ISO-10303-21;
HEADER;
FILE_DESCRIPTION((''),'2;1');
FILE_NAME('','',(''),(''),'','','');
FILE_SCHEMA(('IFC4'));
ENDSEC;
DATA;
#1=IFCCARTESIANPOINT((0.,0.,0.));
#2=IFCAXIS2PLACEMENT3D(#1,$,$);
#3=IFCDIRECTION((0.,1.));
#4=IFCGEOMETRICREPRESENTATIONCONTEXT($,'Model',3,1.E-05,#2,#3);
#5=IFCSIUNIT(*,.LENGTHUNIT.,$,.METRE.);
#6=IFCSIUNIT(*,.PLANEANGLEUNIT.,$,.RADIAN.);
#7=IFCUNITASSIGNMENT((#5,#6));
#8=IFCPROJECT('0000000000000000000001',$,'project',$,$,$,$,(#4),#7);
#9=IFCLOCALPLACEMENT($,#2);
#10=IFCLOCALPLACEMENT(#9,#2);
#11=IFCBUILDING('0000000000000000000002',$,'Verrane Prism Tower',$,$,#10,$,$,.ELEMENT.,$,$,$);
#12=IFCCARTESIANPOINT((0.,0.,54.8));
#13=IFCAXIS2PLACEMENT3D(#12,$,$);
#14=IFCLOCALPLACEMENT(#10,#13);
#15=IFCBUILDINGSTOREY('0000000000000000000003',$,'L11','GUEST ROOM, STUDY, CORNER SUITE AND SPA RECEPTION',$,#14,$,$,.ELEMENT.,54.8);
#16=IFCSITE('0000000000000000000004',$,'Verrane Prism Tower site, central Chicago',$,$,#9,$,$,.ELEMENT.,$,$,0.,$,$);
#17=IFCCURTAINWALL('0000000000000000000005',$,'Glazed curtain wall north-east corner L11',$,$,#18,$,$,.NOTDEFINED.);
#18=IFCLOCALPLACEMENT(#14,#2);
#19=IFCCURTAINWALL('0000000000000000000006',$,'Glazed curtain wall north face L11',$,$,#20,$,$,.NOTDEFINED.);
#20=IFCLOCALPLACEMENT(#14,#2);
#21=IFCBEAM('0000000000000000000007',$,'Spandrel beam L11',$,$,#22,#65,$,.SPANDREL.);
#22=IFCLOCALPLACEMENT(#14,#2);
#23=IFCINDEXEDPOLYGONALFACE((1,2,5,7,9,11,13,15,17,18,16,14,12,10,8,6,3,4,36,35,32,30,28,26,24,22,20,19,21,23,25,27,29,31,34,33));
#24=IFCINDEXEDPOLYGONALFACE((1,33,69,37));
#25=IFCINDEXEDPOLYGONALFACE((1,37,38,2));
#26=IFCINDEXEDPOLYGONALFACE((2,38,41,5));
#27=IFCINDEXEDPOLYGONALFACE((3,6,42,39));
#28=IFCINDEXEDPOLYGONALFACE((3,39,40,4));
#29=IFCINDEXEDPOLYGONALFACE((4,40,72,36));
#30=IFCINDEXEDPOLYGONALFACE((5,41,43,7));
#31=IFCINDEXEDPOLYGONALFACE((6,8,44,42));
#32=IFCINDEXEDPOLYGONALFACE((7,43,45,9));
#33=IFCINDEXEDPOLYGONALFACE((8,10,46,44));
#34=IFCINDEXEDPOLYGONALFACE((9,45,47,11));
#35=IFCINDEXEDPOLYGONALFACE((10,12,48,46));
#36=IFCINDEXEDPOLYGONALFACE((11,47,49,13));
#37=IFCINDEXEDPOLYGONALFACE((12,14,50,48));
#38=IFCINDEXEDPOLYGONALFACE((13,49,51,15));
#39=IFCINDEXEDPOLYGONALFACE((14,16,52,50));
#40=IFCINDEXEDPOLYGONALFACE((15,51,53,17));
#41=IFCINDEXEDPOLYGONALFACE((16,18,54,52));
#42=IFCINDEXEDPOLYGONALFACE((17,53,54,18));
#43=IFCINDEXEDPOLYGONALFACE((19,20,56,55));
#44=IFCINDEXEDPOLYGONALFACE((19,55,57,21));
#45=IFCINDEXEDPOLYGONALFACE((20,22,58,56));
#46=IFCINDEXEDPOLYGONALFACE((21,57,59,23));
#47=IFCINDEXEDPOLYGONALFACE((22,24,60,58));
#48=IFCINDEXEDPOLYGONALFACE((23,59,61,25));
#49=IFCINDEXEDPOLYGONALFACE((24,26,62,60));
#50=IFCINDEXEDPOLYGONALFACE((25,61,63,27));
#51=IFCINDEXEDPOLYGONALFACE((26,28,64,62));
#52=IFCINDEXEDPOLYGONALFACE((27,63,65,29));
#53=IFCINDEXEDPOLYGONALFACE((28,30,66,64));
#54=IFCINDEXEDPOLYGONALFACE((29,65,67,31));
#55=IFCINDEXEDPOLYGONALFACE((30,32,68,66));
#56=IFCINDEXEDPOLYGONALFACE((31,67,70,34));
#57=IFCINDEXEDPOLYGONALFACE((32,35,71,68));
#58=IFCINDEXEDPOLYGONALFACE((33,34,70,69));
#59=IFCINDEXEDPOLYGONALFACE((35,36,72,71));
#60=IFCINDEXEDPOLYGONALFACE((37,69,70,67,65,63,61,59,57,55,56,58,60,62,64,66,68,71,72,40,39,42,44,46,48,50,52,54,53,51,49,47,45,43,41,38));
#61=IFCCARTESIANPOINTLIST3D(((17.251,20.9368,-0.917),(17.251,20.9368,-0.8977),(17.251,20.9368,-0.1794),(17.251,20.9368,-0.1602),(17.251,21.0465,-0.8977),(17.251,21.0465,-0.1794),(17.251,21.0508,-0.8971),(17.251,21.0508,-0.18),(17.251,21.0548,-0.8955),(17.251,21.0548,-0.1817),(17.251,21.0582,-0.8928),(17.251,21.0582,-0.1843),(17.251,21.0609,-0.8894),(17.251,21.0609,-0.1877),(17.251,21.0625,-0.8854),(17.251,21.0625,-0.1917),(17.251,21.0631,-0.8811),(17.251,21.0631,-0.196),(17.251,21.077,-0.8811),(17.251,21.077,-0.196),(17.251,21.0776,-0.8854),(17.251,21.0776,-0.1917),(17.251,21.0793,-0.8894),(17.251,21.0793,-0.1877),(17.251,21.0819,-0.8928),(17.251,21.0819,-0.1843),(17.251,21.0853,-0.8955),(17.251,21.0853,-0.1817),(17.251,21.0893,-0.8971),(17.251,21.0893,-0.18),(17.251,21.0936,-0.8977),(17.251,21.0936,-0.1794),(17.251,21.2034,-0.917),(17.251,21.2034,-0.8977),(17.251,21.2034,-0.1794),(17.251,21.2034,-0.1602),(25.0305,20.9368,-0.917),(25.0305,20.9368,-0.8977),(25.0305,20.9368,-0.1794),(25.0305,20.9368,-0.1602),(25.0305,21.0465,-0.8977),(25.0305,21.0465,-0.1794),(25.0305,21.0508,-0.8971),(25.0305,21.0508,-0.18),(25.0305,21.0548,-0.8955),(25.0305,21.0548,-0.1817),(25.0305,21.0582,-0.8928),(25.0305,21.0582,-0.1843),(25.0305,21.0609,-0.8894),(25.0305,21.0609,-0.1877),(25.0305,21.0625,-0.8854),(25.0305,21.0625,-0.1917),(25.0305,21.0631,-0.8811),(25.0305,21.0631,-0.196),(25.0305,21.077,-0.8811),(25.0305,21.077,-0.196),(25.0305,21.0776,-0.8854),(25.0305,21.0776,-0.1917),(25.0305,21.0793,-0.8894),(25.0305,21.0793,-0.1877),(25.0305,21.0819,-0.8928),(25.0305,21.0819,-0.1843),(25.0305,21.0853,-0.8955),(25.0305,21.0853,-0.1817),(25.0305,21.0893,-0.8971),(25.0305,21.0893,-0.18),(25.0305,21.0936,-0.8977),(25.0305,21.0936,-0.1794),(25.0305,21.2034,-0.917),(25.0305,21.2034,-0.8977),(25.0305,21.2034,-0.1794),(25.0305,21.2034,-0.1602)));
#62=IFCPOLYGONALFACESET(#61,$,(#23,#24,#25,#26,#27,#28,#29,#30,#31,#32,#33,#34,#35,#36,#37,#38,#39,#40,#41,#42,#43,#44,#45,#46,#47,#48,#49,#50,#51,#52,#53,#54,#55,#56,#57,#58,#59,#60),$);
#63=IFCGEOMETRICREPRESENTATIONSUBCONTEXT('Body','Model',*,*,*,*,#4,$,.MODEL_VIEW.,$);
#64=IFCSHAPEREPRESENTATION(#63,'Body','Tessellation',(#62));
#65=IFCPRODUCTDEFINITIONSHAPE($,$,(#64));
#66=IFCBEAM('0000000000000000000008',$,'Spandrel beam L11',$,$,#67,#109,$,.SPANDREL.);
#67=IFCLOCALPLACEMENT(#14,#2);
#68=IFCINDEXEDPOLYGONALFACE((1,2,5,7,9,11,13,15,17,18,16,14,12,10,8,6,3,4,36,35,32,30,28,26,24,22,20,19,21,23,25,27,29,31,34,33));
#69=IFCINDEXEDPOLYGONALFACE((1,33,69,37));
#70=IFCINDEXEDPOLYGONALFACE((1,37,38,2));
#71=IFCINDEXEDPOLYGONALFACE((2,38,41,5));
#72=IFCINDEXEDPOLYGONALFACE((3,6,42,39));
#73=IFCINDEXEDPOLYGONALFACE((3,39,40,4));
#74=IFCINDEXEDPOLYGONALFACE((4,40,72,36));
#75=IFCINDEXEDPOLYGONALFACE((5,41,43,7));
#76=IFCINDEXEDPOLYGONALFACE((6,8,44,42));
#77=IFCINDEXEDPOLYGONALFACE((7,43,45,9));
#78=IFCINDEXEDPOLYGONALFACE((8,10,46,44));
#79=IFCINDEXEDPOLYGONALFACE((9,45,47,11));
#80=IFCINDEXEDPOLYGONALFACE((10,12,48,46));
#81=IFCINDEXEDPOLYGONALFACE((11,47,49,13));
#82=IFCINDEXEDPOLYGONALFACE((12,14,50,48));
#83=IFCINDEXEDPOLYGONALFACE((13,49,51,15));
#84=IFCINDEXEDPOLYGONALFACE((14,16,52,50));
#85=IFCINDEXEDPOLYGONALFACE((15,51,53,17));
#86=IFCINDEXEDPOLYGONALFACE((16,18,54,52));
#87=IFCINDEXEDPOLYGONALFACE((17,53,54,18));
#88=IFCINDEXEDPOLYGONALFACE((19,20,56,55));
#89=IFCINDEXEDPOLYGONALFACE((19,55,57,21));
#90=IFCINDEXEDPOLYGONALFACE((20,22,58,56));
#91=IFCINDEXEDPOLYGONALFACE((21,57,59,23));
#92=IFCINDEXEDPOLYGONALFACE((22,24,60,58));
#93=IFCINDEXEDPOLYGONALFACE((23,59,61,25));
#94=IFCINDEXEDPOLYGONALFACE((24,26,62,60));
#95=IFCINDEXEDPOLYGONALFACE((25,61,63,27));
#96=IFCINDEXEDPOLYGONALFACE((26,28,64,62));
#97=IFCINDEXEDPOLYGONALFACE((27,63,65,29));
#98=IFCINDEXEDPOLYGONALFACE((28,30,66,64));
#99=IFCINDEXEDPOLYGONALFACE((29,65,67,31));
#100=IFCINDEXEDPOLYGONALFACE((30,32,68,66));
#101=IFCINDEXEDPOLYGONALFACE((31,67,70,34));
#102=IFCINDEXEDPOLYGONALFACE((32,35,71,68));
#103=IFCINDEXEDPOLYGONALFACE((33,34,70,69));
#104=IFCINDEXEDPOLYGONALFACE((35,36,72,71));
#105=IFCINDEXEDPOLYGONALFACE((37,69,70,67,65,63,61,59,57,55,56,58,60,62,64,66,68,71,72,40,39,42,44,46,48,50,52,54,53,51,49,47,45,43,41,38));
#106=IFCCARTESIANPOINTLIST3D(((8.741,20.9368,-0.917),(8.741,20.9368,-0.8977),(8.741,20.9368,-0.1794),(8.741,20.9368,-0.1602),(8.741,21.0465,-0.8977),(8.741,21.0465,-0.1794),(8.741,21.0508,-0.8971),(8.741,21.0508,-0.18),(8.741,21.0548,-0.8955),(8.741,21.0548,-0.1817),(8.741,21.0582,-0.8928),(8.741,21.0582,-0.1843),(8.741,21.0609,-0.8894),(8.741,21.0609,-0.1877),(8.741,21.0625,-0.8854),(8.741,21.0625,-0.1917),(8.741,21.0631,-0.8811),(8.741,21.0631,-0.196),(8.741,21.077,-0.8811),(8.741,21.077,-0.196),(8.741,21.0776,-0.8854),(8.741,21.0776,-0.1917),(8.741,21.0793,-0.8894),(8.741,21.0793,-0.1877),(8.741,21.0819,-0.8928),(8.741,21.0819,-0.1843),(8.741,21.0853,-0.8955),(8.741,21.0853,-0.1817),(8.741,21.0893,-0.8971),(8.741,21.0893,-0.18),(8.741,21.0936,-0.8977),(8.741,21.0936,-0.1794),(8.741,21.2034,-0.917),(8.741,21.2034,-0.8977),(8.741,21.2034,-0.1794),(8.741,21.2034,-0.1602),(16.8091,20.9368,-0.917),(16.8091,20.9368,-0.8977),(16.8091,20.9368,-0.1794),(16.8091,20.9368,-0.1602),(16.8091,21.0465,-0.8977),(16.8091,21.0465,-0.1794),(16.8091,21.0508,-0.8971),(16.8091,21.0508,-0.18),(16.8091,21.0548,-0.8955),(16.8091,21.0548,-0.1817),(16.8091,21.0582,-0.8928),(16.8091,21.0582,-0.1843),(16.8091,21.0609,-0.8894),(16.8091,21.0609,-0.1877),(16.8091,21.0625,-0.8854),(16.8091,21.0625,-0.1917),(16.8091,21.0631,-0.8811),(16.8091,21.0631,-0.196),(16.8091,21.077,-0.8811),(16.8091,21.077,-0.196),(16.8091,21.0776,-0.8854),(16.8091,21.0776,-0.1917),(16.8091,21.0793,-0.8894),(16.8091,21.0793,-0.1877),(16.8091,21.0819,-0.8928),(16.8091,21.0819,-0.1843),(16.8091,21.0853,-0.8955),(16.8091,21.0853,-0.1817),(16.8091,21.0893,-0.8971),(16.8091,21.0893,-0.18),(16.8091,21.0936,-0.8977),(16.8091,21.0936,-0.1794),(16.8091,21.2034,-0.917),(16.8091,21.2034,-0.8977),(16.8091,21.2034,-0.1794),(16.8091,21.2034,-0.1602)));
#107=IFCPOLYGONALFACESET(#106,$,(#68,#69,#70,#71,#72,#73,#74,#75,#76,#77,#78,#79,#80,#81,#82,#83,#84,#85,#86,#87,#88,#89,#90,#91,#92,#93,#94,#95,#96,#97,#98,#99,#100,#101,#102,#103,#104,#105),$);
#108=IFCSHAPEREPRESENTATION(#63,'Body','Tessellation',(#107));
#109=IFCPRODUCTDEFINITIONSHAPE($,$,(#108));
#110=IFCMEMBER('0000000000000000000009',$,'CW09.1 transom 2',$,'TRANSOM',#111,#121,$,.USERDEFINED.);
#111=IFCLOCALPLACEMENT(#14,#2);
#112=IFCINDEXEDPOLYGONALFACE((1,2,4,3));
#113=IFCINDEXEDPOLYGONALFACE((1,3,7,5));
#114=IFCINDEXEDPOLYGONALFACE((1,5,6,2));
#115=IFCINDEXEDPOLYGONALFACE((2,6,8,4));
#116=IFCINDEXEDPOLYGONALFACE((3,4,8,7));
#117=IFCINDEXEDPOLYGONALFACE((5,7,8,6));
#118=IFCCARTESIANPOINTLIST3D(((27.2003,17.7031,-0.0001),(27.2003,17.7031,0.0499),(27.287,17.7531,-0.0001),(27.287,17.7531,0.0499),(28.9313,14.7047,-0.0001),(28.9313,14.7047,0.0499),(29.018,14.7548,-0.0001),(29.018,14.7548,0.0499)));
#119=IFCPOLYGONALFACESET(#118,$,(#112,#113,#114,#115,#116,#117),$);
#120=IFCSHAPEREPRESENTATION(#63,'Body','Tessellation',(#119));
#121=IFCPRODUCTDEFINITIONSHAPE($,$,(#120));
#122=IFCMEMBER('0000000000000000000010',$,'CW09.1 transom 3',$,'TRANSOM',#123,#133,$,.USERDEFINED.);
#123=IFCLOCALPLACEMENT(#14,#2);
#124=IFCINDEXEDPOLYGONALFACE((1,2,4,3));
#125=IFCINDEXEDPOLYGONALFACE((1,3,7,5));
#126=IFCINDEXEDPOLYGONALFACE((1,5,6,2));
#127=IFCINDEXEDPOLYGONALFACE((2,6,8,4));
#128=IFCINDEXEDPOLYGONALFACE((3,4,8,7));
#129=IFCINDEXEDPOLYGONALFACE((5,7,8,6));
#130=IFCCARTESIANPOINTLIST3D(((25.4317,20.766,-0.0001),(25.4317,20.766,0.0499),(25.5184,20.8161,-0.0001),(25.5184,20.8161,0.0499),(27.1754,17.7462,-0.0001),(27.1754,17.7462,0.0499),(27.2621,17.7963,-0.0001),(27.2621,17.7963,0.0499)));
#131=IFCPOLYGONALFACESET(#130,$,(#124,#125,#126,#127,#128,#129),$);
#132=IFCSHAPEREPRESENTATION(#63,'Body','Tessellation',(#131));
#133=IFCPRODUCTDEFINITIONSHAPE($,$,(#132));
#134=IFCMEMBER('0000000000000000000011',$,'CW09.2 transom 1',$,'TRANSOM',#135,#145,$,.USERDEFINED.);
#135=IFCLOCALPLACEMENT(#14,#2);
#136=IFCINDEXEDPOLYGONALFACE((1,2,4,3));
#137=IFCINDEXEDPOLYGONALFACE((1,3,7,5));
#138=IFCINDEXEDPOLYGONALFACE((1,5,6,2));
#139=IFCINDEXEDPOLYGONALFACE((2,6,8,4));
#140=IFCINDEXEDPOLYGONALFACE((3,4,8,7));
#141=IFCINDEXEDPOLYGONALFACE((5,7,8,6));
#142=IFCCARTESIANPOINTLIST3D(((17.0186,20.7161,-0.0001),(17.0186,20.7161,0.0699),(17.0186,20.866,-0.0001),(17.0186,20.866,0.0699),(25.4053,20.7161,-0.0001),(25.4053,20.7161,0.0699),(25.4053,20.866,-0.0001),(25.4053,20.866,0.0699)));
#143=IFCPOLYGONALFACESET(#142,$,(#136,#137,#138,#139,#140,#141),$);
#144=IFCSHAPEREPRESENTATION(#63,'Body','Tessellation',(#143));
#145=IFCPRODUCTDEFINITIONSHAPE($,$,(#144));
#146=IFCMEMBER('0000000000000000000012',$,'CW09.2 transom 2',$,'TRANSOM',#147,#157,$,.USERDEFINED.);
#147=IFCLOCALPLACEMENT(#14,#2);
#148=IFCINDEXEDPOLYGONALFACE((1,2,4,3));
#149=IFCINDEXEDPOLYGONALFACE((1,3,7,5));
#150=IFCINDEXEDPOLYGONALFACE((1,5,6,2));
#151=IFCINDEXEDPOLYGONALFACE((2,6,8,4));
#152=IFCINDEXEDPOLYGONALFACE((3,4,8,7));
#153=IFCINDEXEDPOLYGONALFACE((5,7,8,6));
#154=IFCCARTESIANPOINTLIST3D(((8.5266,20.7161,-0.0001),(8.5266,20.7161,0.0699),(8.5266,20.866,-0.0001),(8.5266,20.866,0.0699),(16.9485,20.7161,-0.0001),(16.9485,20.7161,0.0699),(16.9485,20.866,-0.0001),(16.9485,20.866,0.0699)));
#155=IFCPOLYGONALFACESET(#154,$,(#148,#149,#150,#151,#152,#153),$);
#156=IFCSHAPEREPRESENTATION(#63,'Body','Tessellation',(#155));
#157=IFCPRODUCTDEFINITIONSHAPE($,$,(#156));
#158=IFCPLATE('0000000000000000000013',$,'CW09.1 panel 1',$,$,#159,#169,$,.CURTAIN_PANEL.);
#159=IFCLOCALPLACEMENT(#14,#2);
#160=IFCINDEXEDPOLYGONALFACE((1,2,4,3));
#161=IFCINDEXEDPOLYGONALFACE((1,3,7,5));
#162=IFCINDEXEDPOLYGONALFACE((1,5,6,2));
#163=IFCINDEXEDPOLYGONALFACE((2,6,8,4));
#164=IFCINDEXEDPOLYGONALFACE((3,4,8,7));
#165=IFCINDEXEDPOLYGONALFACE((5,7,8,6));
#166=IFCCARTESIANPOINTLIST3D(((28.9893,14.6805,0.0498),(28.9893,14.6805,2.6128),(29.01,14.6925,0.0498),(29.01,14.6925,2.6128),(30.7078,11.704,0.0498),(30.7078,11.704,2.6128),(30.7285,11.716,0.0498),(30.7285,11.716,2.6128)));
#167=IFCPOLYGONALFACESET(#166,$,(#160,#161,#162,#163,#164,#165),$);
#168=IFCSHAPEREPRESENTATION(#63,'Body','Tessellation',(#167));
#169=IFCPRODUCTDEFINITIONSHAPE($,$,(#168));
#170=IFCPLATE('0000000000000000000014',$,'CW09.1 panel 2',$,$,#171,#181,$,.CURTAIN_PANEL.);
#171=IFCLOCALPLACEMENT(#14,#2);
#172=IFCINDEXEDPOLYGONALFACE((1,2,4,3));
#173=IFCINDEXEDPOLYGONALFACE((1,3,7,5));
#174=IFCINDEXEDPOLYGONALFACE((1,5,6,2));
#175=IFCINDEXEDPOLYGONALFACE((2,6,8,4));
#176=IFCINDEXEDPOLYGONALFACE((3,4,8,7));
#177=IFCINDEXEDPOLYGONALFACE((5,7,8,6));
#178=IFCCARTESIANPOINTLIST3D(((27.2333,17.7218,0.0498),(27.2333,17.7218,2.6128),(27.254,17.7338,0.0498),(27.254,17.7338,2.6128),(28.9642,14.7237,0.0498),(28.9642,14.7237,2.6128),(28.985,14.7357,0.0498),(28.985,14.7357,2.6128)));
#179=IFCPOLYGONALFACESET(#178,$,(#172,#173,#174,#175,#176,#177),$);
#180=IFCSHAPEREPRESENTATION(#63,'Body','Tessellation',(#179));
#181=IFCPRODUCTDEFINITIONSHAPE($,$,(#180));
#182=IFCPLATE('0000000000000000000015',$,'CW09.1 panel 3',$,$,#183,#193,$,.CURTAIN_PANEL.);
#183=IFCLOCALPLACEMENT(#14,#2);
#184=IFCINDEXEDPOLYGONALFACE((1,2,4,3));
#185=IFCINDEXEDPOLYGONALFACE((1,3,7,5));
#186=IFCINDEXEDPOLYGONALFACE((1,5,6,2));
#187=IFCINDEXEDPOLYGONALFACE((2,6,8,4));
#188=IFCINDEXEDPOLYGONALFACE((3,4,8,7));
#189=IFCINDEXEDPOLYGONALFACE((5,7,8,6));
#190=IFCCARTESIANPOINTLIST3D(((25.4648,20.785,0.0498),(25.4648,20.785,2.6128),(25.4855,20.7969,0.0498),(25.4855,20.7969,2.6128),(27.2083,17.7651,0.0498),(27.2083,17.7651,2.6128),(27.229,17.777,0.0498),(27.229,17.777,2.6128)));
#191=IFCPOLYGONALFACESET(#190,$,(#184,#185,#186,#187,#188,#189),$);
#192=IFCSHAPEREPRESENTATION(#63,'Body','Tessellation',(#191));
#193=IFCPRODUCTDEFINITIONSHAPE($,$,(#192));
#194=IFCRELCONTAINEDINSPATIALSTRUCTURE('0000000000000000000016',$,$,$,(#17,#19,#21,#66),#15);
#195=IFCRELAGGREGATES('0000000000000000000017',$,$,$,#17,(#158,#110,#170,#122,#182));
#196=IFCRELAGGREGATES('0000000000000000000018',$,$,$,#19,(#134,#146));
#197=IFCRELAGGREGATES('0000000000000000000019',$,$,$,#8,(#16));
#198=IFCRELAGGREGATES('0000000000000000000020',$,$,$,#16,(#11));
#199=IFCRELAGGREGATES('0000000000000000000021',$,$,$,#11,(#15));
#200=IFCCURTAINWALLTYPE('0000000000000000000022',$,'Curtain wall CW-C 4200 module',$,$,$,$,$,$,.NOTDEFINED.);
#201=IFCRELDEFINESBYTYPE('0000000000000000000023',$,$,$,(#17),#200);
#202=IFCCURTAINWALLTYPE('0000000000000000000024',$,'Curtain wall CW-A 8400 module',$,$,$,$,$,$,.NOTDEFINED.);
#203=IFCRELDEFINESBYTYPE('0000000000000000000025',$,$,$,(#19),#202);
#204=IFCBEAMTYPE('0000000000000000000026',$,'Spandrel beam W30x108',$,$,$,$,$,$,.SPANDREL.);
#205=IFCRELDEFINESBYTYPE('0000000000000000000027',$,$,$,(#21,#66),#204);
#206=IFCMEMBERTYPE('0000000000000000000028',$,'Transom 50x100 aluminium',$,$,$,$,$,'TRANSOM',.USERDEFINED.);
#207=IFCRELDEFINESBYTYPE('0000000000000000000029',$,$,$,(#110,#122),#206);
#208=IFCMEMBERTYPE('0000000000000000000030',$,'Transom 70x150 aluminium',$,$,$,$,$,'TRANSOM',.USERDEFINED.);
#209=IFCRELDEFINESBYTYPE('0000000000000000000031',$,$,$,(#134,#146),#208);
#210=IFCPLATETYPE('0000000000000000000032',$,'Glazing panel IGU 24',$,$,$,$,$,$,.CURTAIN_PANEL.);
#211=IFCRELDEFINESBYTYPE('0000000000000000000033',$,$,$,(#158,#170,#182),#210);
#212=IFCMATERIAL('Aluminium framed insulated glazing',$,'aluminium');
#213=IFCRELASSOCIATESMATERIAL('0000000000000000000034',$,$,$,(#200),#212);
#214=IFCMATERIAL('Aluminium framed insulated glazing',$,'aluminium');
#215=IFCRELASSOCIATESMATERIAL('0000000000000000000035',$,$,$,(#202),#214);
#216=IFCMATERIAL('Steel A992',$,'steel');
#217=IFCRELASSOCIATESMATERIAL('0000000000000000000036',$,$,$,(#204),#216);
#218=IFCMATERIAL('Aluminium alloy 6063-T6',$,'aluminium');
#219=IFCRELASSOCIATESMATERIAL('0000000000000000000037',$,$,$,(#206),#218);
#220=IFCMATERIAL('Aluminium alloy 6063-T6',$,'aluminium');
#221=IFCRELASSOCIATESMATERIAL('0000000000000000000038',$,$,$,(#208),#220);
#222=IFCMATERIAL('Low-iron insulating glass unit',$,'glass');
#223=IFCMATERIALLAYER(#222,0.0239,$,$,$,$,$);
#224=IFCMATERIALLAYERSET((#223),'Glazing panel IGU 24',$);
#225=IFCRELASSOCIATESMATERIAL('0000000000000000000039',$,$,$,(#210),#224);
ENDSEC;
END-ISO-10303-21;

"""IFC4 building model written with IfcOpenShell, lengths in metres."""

from ifc_helpers import new_model, si_unit, direction, frame, origin, origin_2d, place, context, subcontext, project, spatial, rectangle, i_section, extrude, material, layer, layer_set, material_profile, profile_set, type_object, element, aggregate, save


model = new_model("IFC4")

# Units and contexts
model_context = context("Model", 3, precision=1e-05, world=origin(), true_north=direction((0.0, 1.0)))
body_context = subcontext(model_context, "Body", "Model", "MODEL_VIEW")
ifc_project = project(units=[si_unit("LENGTHUNIT", "METRE"), si_unit("PLANEANGLEUNIT", "RADIAN")], contexts=[model_context])

# Site, building, storey
site_placement = place(None, origin())
site = spatial("IfcSite", under=ifc_project, at=site_placement, Name="Verrane Prism Tower site, central Chicago", CompositionType="ELEMENT", RefElevation=0.0)
building_placement = place(site_placement, origin())
building = spatial("IfcBuilding", under=site, at=building_placement, Name="Verrane Prism Tower", CompositionType="ELEMENT")
storey_placement = place(building_placement, frame((0.0, 0.0, 54.8)))
storey = spatial("IfcBuildingStorey", under=building, at=storey_placement, Name="L11", Description="GUEST ROOM, STUDY, CORNER SUITE AND SPA RECEPTION", CompositionType="ELEMENT", Elevation=54.8)

# Curtain walls
ifc_material_1 = material(Name="Aluminium framed insulated glazing", Category="aluminium")
curtain_wall_type_1 = type_object("IfcCurtainWallType", Name="Curtain wall CW-C 4200 module", PredefinedType="NOTDEFINED", material=ifc_material_1)
curtain_wall_1_placement = place(storey_placement, origin())
curtain_wall_1 = element("IfcCurtainWall", 1, at=curtain_wall_1_placement, inside=storey, type_object=curtain_wall_type_1, Name="Glazed curtain wall north-east corner L11", PredefinedType="NOTDEFINED")
ifc_material_2 = material(Name="Aluminium framed insulated glazing", Category="aluminium")
curtain_wall_type_2 = type_object("IfcCurtainWallType", Name="Curtain wall CW-A 8400 module", PredefinedType="NOTDEFINED", material=ifc_material_2)
curtain_wall_2_placement = place(storey_placement, origin())
curtain_wall_2 = element("IfcCurtainWall", 2, at=curtain_wall_2_placement, inside=storey, type_object=curtain_wall_type_2, Name="Glazed curtain wall north face L11", PredefinedType="NOTDEFINED")

# Beams
ifc_material_3 = material(Name="Steel A992", Category="steel")
ifc_material_profile_1 = material_profile(ifc_material_3, i_section(OverallWidth=0.2666, OverallDepth=0.7568, WebThickness=0.0139, FlangeThickness=0.0193, FilletRadius=0.0166, at=origin_2d()), Name="W30x108")
ifc_profile_set_1 = profile_set([ifc_material_profile_1], Name="Steel A992")
beam_type_1 = type_object("IfcBeamType", Name="Spandrel beam W30x108", PredefinedType="SPANDREL", material=ifc_profile_set_1)
beam_1_placement = place(storey_placement, frame((25.0305, 21.0701, -0.5386), z_axis=(-1.0, 0.0, 0.0), x_axis=(0.0, -1.0, 0.0)))
element("IfcBeam", 3, at=beam_1_placement, inside=storey, type_object=beam_type_1, Name="Spandrel beam L11", PredefinedType="SPANDREL", context=body_context, shape_type="SweptSolid", body=[
    extrude(i_section(OverallWidth=0.2666, OverallDepth=0.7568, WebThickness=0.0139, FlangeThickness=0.0193, FilletRadius=0.0166, at=origin_2d()), origin(), (0.0, 0.0, 1.0), 7.7795),
])
beam_2_placement = place(storey_placement, frame((16.8091, 21.0701, -0.5386), z_axis=(-1.0, 0.0, 0.0), x_axis=(0.0, -1.0, 0.0)))
element("IfcBeam", 4, at=beam_2_placement, inside=storey, type_object=beam_type_1, Name="Spandrel beam L11", PredefinedType="SPANDREL", context=body_context, shape_type="SweptSolid", body=[
    extrude(i_section(OverallWidth=0.2666, OverallDepth=0.7568, WebThickness=0.0139, FlangeThickness=0.0193, FilletRadius=0.0166, at=origin_2d()), origin(), (0.0, 0.0, 1.0), 8.0681),
])

# Members
ifc_material_4 = material(Name="Aluminium alloy 6063-T6", Category="aluminium")
ifc_material_profile_2 = material_profile(ifc_material_4, rectangle(XDim=0.1001, YDim=0.05, at=origin_2d()), Name="Transom 50x100 aluminium")
ifc_profile_set_2 = profile_set([ifc_material_profile_2], Name="Aluminium alloy 6063-T6")
member_type_1 = type_object("IfcMemberType", Name="Transom 50x100 aluminium", ElementType="TRANSOM", PredefinedType="USERDEFINED", material=ifc_profile_set_2)
member_1_placement = place(storey_placement, frame((28.9746, 14.7297, 0.0249), z_axis=(-0.499977, 0.866039, 0.0), x_axis=(-0.866039, -0.499977, 0.0)))
member_1 = element("IfcMember", 5, at=member_1_placement, type_object=member_type_1, Name="CW09.1 transom 2", ObjectType="TRANSOM", PredefinedType="USERDEFINED", context=body_context, shape_type="SweptSolid", body=[
    extrude(rectangle(XDim=0.1001, YDim=0.05, at=origin_2d()), origin(), (0.0, 0.0, 1.0), 3.4622),
])
member_2_placement = place(storey_placement, frame((27.2188, 17.7712, 0.0249), z_axis=(-0.50004, 0.866003, 0.0), x_axis=(-0.866003, -0.50004, 0.0)))
member_2 = element("IfcMember", 6, at=member_2_placement, type_object=member_type_1, Name="CW09.1 transom 3", ObjectType="TRANSOM", PredefinedType="USERDEFINED", context=body_context, shape_type="SweptSolid", body=[
    extrude(rectangle(XDim=0.1001, YDim=0.05, at=origin_2d()), origin(), (0.0, 0.0, 1.0), 3.4871),
])
ifc_material_5 = material(Name="Aluminium alloy 6063-T6", Category="aluminium")
ifc_material_profile_3 = material_profile(ifc_material_5, rectangle(XDim=0.1499, YDim=0.0701, at=origin_2d()), Name="Transom 70x150 aluminium")
ifc_profile_set_3 = profile_set([ifc_material_profile_3], Name="Aluminium alloy 6063-T6")
member_type_2 = type_object("IfcMemberType", Name="Transom 70x150 aluminium", ElementType="TRANSOM", PredefinedType="USERDEFINED", material=ifc_profile_set_3)
member_3_placement = place(storey_placement, frame((25.4053, 20.791, 0.0349), z_axis=(-1.0, 0.0, 0.0), x_axis=(0.0, -1.0, 0.0)))
member_3 = element("IfcMember", 7, at=member_3_placement, type_object=member_type_2, Name="CW09.2 transom 1", ObjectType="TRANSOM", PredefinedType="USERDEFINED", context=body_context, shape_type="SweptSolid", body=[
    extrude(rectangle(XDim=0.1499, YDim=0.0701, at=origin_2d()), origin(), (0.0, 0.0, 1.0), 8.3867),
])
member_4_placement = place(storey_placement, frame((16.9485, 20.791, 0.0349), z_axis=(-1.0, 0.0, 0.0), x_axis=(0.0, -1.0, 0.0)))
member_4 = element("IfcMember", 8, at=member_4_placement, type_object=member_type_2, Name="CW09.2 transom 2", ObjectType="TRANSOM", PredefinedType="USERDEFINED", context=body_context, shape_type="SweptSolid", body=[
    extrude(rectangle(XDim=0.1499, YDim=0.0701, at=origin_2d()), origin(), (0.0, 0.0, 1.0), 8.4219),
])

# Plates
ifc_material_6 = material(Name="Low-iron insulating glass unit", Category="glass")
ifc_layer_1 = layer(ifc_material_6, 0.0239)
ifc_layer_set_1 = layer_set([ifc_layer_1], Name="Glazing panel IGU 24")
plate_type_1 = type_object("IfcPlateType", Name="Glazing panel IGU 24", PredefinedType="CURTAIN_PANEL", material=ifc_layer_set_1)
plate_1_placement = place(storey_placement, frame((29.8589, 13.1982, 0.0498), z_axis=(0.0, 0.0, 1.0), x_axis=(-0.499999, 0.866026, 0.0)))
plate_1 = element("IfcPlate", 9, at=plate_1_placement, type_object=plate_type_1, Name="CW09.1 panel 1", PredefinedType="CURTAIN_PANEL", context=body_context, shape_type="SweptSolid", body=[
    extrude(rectangle(XDim=3.437, YDim=0.0239, at=origin_2d()), origin(), (0.0, 0.0, 1.0), 2.563),
])
plate_2_placement = place(storey_placement, frame((28.1091, 16.2288, 0.0498), z_axis=(0.0, 0.0, 1.0), x_axis=(-0.499999, 0.866026, 0.0)))
plate_2 = element("IfcPlate", 10, at=plate_2_placement, type_object=plate_type_1, Name="CW09.1 panel 2", PredefinedType="CURTAIN_PANEL", context=body_context, shape_type="SweptSolid", body=[
    extrude(rectangle(XDim=3.4619, YDim=0.0239, at=origin_2d()), origin(), (0.0, 0.0, 1.0), 2.563),
])
plate_3_placement = place(storey_placement, frame((26.3469, 19.281, 0.0498), z_axis=(0.0, 0.0, 1.0), x_axis=(-0.499999, 0.866026, 0.0)))
plate_3 = element("IfcPlate", 11, at=plate_3_placement, type_object=plate_type_1, Name="CW09.1 panel 3", PredefinedType="CURTAIN_PANEL", context=body_context, shape_type="SweptSolid", body=[
    extrude(rectangle(XDim=3.4871, YDim=0.0239, at=origin_2d()), origin(), (0.0, 0.0, 1.0), 2.563),
])
aggregate(curtain_wall_1, [plate_1, member_1, plate_2, member_2, plate_3])
aggregate(curtain_wall_2, [member_3, member_4])

save(model, "model.ifc")
